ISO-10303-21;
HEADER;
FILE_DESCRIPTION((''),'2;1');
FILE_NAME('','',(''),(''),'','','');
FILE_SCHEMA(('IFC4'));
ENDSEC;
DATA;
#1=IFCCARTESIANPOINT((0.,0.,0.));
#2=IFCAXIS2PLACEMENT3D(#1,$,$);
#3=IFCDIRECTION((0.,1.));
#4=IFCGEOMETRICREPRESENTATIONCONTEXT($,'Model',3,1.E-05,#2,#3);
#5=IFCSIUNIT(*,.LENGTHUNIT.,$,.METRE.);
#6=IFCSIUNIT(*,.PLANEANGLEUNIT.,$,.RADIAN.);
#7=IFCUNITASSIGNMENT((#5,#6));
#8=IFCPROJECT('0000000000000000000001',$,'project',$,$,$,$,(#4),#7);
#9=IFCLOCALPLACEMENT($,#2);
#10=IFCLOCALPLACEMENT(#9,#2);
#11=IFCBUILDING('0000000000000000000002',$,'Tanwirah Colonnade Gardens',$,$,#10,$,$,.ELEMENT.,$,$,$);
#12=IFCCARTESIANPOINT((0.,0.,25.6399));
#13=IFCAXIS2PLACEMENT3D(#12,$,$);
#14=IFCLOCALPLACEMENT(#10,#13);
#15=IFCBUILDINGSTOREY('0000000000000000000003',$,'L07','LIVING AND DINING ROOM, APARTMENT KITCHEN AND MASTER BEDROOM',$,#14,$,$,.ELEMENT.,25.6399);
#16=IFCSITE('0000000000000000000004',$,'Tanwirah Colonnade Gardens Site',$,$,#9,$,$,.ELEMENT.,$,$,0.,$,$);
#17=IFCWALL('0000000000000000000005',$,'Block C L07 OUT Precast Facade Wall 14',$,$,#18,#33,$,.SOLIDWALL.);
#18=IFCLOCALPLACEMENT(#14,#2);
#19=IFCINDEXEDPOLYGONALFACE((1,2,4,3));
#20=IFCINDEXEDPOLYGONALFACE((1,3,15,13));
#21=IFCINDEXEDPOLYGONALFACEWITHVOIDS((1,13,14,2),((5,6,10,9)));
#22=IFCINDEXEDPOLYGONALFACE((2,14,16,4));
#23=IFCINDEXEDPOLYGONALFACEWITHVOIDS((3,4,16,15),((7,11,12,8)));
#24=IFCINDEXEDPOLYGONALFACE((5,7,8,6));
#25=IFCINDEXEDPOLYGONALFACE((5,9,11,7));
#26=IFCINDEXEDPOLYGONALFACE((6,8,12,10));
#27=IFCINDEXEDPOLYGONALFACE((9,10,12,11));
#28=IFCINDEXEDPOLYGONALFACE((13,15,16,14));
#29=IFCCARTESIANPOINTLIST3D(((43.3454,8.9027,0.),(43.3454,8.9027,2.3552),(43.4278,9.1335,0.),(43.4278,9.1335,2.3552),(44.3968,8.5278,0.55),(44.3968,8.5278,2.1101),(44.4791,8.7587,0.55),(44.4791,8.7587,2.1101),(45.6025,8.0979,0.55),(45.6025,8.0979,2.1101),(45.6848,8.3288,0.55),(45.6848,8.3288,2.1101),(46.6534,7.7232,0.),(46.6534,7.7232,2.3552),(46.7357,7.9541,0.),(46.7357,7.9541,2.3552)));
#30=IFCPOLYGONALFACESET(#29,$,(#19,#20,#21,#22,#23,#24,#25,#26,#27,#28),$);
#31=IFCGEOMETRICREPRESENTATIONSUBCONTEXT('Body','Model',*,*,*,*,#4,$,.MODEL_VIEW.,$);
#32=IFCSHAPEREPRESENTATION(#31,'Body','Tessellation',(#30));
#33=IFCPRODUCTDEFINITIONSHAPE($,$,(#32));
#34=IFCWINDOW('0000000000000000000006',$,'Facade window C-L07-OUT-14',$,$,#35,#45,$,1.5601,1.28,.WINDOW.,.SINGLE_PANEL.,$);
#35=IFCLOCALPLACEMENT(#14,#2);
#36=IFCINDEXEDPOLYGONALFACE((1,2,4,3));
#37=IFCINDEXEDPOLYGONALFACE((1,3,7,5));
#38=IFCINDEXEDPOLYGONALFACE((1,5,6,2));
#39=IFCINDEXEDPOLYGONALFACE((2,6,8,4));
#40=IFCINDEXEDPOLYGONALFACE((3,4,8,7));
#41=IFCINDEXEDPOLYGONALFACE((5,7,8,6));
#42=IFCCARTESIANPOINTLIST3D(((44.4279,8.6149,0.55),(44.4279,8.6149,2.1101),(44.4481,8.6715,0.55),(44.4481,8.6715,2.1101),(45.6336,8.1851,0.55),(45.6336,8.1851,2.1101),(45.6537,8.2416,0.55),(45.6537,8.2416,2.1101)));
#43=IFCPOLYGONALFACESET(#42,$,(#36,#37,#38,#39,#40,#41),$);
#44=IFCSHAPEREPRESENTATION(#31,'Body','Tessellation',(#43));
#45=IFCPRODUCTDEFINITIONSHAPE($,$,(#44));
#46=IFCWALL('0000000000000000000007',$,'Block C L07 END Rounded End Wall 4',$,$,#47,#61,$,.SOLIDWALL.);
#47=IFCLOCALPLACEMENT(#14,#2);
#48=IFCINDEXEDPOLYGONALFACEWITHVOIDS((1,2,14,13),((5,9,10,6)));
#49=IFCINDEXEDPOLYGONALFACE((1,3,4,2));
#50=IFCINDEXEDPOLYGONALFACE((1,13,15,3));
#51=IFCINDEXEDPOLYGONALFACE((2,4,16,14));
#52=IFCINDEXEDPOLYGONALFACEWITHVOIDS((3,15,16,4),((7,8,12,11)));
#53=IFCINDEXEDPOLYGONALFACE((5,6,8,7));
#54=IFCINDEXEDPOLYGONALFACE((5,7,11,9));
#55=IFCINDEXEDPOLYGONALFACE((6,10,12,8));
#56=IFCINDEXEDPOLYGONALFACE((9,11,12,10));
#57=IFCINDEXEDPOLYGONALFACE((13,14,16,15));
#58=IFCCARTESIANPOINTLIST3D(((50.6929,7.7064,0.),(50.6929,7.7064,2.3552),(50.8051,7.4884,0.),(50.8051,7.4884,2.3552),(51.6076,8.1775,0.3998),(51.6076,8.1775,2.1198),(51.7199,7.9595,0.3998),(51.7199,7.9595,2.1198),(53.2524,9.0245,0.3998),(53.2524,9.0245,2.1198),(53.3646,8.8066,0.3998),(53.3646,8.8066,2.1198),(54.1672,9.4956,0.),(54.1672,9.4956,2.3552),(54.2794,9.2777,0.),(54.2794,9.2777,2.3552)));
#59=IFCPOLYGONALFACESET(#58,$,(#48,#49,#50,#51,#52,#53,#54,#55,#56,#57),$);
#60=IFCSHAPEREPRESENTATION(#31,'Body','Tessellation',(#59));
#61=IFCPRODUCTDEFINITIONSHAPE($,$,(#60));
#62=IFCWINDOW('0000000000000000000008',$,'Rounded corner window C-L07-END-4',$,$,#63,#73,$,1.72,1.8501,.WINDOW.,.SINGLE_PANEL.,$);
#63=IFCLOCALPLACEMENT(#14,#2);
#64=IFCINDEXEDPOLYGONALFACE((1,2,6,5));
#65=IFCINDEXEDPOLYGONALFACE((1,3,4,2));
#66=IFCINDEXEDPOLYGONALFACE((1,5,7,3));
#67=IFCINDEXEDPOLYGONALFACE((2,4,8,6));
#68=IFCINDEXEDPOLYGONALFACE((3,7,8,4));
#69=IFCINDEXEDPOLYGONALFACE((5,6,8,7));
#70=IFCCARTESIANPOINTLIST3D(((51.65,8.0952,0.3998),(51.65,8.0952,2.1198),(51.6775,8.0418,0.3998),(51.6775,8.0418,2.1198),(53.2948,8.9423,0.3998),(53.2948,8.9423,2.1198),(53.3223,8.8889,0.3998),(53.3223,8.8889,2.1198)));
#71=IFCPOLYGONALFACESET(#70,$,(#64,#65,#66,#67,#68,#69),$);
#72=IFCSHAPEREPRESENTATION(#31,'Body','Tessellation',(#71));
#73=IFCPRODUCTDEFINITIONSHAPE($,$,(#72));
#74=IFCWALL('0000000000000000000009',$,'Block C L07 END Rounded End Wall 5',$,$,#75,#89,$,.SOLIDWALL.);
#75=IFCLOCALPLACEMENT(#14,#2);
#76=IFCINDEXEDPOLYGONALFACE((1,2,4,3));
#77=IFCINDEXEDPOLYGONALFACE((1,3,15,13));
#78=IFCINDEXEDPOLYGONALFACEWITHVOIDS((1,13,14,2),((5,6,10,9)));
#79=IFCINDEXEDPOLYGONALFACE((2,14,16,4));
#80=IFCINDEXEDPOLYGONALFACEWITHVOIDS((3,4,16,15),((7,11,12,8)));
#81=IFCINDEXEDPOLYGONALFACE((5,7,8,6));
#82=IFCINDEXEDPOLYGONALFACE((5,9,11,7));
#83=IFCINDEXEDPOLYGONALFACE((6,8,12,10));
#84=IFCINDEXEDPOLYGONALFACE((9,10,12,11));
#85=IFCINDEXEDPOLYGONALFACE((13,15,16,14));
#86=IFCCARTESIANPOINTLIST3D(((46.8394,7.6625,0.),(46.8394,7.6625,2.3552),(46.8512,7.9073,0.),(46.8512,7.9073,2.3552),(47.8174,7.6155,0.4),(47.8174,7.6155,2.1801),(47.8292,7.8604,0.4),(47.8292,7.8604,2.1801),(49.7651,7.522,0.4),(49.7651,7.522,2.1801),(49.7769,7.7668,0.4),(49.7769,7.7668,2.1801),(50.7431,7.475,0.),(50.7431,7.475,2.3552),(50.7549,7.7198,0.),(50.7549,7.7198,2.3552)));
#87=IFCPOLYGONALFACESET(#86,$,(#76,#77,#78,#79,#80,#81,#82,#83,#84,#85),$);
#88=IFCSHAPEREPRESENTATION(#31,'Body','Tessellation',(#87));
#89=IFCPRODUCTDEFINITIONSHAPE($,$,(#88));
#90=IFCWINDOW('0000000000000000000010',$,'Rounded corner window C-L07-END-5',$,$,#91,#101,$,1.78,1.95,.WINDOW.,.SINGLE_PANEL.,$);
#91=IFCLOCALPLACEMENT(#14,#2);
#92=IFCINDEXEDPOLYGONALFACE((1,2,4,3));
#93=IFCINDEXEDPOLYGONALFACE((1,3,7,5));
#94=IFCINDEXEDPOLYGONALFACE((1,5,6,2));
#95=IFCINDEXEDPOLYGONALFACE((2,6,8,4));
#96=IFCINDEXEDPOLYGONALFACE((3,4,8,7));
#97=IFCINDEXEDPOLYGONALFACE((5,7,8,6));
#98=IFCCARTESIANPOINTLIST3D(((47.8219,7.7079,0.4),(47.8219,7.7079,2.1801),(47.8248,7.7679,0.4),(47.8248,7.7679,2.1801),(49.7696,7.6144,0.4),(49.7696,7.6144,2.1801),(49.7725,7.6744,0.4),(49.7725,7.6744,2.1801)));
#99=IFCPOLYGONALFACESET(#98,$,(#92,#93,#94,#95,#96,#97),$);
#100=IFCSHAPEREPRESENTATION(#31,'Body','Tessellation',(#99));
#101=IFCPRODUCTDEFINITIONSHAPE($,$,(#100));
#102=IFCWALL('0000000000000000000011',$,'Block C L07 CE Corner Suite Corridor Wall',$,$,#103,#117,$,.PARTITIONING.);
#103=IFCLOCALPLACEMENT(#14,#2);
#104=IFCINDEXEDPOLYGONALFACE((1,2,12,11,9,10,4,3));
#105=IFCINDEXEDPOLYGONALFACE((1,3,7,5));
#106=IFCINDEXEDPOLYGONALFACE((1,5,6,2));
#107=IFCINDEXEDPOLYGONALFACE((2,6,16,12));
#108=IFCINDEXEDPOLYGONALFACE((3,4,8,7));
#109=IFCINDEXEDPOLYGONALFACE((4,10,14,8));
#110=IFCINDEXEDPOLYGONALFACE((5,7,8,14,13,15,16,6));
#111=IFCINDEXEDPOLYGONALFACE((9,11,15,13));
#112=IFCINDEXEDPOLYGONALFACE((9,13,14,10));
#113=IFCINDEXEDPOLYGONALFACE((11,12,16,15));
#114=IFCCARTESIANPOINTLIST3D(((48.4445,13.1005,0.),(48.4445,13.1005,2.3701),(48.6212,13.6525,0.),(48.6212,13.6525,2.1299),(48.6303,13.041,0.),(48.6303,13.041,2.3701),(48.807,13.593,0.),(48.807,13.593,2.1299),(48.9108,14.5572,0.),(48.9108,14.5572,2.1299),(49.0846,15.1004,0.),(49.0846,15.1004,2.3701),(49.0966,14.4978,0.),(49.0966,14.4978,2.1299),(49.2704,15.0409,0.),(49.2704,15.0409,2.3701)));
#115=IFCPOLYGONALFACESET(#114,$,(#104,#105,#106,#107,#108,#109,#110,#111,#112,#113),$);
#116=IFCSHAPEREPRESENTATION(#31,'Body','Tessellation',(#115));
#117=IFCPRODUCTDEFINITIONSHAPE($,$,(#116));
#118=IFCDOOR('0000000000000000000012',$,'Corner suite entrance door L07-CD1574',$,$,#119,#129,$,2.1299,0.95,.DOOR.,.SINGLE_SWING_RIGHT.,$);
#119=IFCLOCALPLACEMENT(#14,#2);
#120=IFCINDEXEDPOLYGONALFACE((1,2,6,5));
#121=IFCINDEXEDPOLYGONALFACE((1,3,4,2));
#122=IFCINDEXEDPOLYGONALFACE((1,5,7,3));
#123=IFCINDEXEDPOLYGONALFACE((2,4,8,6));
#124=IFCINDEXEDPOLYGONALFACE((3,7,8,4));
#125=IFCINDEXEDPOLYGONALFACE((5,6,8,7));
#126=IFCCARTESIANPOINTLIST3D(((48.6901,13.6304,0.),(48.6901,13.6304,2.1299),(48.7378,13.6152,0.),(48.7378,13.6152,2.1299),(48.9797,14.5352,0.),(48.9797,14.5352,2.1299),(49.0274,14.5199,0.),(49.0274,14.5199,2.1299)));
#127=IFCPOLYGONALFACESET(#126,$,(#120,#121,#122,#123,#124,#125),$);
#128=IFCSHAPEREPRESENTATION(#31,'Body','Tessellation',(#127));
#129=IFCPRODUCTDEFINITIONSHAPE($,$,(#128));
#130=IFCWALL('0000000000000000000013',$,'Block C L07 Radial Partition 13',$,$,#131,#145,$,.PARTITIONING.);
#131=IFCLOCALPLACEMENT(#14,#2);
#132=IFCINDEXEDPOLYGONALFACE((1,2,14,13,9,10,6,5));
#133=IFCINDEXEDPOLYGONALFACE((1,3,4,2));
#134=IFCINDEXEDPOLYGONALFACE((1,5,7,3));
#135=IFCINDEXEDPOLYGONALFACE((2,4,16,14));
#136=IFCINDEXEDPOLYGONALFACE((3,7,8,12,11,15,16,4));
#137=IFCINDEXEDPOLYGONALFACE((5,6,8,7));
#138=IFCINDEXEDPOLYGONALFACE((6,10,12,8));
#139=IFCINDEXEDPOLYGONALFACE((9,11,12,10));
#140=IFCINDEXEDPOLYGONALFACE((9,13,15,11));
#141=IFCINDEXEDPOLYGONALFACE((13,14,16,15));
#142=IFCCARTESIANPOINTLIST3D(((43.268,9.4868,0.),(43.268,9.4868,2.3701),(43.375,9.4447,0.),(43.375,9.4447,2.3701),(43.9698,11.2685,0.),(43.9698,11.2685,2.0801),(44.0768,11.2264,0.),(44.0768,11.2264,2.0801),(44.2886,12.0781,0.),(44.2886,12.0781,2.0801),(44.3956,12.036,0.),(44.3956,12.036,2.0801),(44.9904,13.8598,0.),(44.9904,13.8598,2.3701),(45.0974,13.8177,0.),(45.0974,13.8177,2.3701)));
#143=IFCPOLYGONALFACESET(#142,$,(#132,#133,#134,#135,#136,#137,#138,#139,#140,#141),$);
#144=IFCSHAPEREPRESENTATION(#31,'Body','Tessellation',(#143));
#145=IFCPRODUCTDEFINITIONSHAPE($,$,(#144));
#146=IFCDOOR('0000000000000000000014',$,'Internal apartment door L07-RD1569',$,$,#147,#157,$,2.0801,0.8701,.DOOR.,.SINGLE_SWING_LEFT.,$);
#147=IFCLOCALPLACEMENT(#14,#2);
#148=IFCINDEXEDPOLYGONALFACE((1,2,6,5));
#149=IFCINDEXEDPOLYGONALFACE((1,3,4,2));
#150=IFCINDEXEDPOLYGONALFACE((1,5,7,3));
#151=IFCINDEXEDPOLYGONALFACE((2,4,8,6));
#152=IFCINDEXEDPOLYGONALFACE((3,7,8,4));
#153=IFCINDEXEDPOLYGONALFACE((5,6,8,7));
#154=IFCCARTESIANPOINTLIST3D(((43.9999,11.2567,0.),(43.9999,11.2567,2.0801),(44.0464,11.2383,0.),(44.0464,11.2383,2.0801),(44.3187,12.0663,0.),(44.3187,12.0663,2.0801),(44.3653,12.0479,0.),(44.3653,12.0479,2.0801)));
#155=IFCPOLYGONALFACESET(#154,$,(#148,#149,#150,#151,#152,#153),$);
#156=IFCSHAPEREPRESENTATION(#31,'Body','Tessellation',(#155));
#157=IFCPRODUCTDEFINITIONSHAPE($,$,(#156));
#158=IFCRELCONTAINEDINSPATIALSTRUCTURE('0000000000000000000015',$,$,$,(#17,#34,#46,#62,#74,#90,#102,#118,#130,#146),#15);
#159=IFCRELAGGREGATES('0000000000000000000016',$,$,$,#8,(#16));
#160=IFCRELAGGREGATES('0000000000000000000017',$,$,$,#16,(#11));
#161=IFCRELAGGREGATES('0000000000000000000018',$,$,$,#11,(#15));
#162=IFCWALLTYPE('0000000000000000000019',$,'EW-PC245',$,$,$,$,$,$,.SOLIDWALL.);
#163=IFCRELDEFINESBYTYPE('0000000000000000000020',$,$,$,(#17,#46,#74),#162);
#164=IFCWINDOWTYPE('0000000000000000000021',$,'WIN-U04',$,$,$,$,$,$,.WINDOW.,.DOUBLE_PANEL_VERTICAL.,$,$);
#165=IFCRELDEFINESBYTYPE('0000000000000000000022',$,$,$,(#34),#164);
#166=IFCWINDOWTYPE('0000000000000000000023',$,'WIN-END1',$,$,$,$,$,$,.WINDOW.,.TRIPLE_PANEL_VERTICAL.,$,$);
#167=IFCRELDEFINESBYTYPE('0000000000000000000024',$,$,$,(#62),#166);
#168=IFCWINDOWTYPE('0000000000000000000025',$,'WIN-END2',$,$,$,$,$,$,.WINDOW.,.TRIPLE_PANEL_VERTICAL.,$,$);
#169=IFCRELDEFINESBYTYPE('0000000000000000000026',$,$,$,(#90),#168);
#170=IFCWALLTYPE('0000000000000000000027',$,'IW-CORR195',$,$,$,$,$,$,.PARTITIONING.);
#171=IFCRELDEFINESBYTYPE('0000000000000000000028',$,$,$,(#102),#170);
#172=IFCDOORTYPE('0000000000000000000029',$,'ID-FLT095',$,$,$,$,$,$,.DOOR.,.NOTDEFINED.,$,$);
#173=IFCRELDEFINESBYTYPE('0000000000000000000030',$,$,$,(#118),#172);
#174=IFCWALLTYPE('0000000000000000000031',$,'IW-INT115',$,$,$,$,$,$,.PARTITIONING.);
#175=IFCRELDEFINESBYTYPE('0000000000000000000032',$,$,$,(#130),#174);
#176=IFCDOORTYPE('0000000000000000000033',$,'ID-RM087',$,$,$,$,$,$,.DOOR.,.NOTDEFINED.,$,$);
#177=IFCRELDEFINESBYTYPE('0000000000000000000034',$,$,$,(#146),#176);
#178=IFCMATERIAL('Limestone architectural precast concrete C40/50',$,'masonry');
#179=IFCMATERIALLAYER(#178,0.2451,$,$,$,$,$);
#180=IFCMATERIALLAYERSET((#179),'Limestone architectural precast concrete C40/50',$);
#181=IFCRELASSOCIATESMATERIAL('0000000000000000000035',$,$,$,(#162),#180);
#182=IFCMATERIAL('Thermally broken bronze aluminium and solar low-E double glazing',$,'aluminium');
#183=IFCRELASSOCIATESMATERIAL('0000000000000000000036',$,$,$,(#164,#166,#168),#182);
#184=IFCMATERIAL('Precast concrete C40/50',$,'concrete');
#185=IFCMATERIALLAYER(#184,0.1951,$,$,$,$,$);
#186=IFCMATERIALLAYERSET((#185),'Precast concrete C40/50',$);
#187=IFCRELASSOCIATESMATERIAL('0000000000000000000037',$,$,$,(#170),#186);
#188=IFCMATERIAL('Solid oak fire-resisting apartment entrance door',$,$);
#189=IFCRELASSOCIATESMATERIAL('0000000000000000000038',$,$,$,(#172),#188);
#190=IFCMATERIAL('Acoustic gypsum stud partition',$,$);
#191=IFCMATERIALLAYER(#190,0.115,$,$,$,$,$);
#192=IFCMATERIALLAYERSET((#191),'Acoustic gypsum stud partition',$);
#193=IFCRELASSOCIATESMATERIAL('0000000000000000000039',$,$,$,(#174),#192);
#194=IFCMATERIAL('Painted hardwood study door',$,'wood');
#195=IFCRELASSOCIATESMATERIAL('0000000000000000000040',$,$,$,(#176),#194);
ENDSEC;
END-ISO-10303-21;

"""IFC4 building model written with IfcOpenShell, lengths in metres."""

from ifc_helpers import new_model, si_unit, direction, frame, frame_2d, origin, place, context, subcontext, project, spatial, rectangle, extrude, material, layer, layer_set, type_object, element, fill, save


model = new_model("IFC4")

# Units and contexts
model_context = context("Model", 3, precision=1e-05, world=origin(), true_north=direction((0.0, 1.0)))
body_context = subcontext(model_context, "Body", "Model", "MODEL_VIEW")
ifc_project = project(units=[si_unit("LENGTHUNIT", "METRE"), si_unit("PLANEANGLEUNIT", "RADIAN")], contexts=[model_context])

# Site, building, storey
site_placement = place(None, origin())
site = spatial("IfcSite", under=ifc_project, at=site_placement, Name="Tanwirah Colonnade Gardens Site", CompositionType="ELEMENT", RefElevation=0.0)
building_placement = place(site_placement, origin())
building = spatial("IfcBuilding", under=site, at=building_placement, Name="Tanwirah Colonnade Gardens", CompositionType="ELEMENT")
storey_placement = place(building_placement, frame((0.0, 0.0, 25.6399)))
storey = spatial("IfcBuildingStorey", under=building, at=storey_placement, Name="L07", Description="LIVING AND DINING ROOM, APARTMENT KITCHEN AND MASTER BEDROOM", CompositionType="ELEMENT", Elevation=25.6399)

# Shared definitions
ifc_material_1 = material(Name="Precast concrete C40/50", Category="concrete")

# Walls, openings, windows
ifc_material_2 = material(Name="Limestone architectural precast concrete C40/50", Category="masonry")
ifc_layer_1 = layer(ifc_material_2, 0.2451)
ifc_layer_set_1 = layer_set([ifc_layer_1], Name="Limestone architectural precast concrete C40/50")
wall_type_1 = type_object("IfcWallType", Name="EW-PC245", PredefinedType="SOLIDWALL", material=ifc_layer_set_1)
wall_1_placement = place(storey_placement, frame((43.3867, 9.0181, 0.0), z_axis=(0.0, 0.0, 1.0), x_axis=(0.941916, -0.335848, 0.0)))
wall_1 = element("IfcWall", 1, at=wall_1_placement, inside=storey, type_object=wall_type_1, Name="Block C L07 OUT Precast Facade Wall 14", PredefinedType="SOLIDWALL", context=body_context, shape_type="SweptSolid", body=[
    extrude(rectangle(XDim=3.512, YDim=0.2451, at=frame_2d((1.7559, 0.0))), origin(), (0.0, 0.0, 1.0), 2.3552),
])
opening_1_placement = place(wall_1_placement, frame((1.116, 0.0, 0.55)))
opening_1 = element("IfcOpeningElement", 2, at=opening_1_placement, cuts=wall_1, PredefinedType="OPENING", context=body_context, shape_type="SweptSolid", body=[
    extrude(rectangle(XDim=1.28, YDim=1.5601, at=frame_2d((0.6401, 0.78))), frame((0.0, 0.1326, 0.0), z_axis=(0.0, -1.0, 0.0), x_axis=(1.0, 0.0, 0.0)), (0.0, 0.0, 1.0), 0.2651),
])
ifc_material_3 = material(Name="Thermally broken bronze aluminium and solar low-E double glazing", Category="aluminium")
window_type_1 = type_object("IfcWindowType", Name="WIN-U04", PartitioningType="DOUBLE_PANEL_VERTICAL", PredefinedType="WINDOW", material=ifc_material_3)
window_1_placement = place(opening_1_placement, origin())
window_1 = element("IfcWindow", 3, at=window_1_placement, inside=storey, type_object=window_type_1, Name="Facade window C-L07-OUT-14", OverallHeight=1.5601, OverallWidth=1.28, PartitioningType="SINGLE_PANEL", PredefinedType="WINDOW", context=body_context, shape_type="SweptSolid", body=[
    extrude(rectangle(XDim=1.28, YDim=1.5601, at=frame_2d((0.6401, 0.78))), frame((0.0, 0.03, 0.0), z_axis=(0.0, -1.0, 0.0), x_axis=(1.0, 0.0, 0.0)), (0.0, 0.0, 1.0), 0.0601),
])
fill(opening_1, window_1)
wall_2_placement = place(storey_placement, frame((54.2234, 9.3867, 0.0), z_axis=(0.0, 0.0, 1.0), x_axis=(-0.889028, -0.457852, 0.0)))
wall_2 = element("IfcWall", 4, at=wall_2_placement, inside=storey, type_object=wall_type_1, Name="Block C L07 END Rounded End Wall 4", PredefinedType="SOLIDWALL", context=body_context, shape_type="SweptSolid", body=[
    extrude(rectangle(XDim=3.908, YDim=0.2451, at=frame_2d((1.9541, 0.0))), origin(), (0.0, 0.0, 1.0), 2.3552),
])
opening_2_placement = place(wall_2_placement, frame((1.0291, 0.0, 0.3999)))
opening_2 = element("IfcOpeningElement", 5, at=opening_2_placement, cuts=wall_2, PredefinedType="OPENING", context=body_context, shape_type="SweptSolid", body=[
    extrude(rectangle(XDim=1.8501, YDim=1.72, at=frame_2d((0.925, 0.8599))), frame((0.0, 0.1326, 0.0), z_axis=(0.0, -1.0, 0.0), x_axis=(1.0, 0.0, 0.0)), (0.0, 0.0, 1.0), 0.2651),
])
window_type_2 = type_object("IfcWindowType", Name="WIN-END1", PartitioningType="TRIPLE_PANEL_VERTICAL", PredefinedType="WINDOW", material=ifc_material_3)
window_2_placement = place(opening_2_placement, origin())
window_2 = element("IfcWindow", 6, at=window_2_placement, inside=storey, type_object=window_type_2, Name="Rounded corner window C-L07-END-4", OverallHeight=1.72, OverallWidth=1.8501, PartitioningType="SINGLE_PANEL", PredefinedType="WINDOW", context=body_context, shape_type="SweptSolid", body=[
    extrude(rectangle(XDim=1.8501, YDim=1.72, at=frame_2d((0.925, 0.8599))), frame((0.0, 0.03, 0.0), z_axis=(0.0, -1.0, 0.0), x_axis=(1.0, 0.0, 0.0)), (0.0, 0.0, 1.0), 0.0601),
])
fill(opening_2, window_2)
wall_3_placement = place(storey_placement, frame((50.749, 7.5974, 0.0), z_axis=(0.0, 0.0, 1.0), x_axis=(-0.998849, 0.047975, 0.0)))
wall_3 = element("IfcWall", 7, at=wall_3_placement, inside=storey, type_object=wall_type_1, Name="Block C L07 END Rounded End Wall 5", PredefinedType="SOLIDWALL", context=body_context, shape_type="SweptSolid", body=[
    extrude(rectangle(XDim=3.9082, YDim=0.2451, at=frame_2d((1.9541, 0.0))), origin(), (0.0, 0.0, 1.0), 2.3552),
])
opening_3_placement = place(wall_3_placement, frame((0.979, 0.0, 0.3999)))
opening_3 = element("IfcOpeningElement", 8, at=opening_3_placement, cuts=wall_3, PredefinedType="OPENING", context=body_context, shape_type="SweptSolid", body=[
    extrude(rectangle(XDim=1.95, YDim=1.78, at=frame_2d((0.9751, 0.8901))), frame((0.0, 0.1326, 0.0), z_axis=(0.0, -1.0, 0.0), x_axis=(1.0, 0.0, 0.0)), (0.0, 0.0, 1.0), 0.2651),
])
window_type_3 = type_object("IfcWindowType", Name="WIN-END2", PartitioningType="TRIPLE_PANEL_VERTICAL", PredefinedType="WINDOW", material=ifc_material_3)
window_3_placement = place(opening_3_placement, origin())
window_3 = element("IfcWindow", 9, at=window_3_placement, inside=storey, type_object=window_type_3, Name="Rounded corner window C-L07-END-5", OverallHeight=1.78, OverallWidth=1.95, PartitioningType="SINGLE_PANEL", PredefinedType="WINDOW", context=body_context, shape_type="SweptSolid", body=[
    extrude(rectangle(XDim=1.95, YDim=1.78, at=frame_2d((0.9751, 0.8901))), frame((0.0, 0.03, 0.0), z_axis=(0.0, -1.0, 0.0), x_axis=(1.0, 0.0, 0.0)), (0.0, 0.0, 1.0), 0.0601),
])
fill(opening_3, window_3)

# Walls, openings, doors
ifc_layer_2 = layer(ifc_material_1, 0.1951)
ifc_layer_set_2 = layer_set([ifc_layer_2], Name="Precast concrete C40/50")
wall_type_2 = type_object("IfcWallType", Name="IW-CORR195", PredefinedType="PARTITIONING", material=ifc_layer_set_2)
ifc_material_4 = material(Name="Solid oak fire-resisting apartment entrance door")
wall_4_placement = place(storey_placement, frame((49.1775, 15.0706, 0.0), z_axis=(0.0, 0.0, 1.0), x_axis=(-0.304835, -0.952405, 0.0)))
wall_4 = element("IfcWall", 10, at=wall_4_placement, inside=storey, type_object=wall_type_2, Name="Block C L07 CE Corner Suite Corridor Wall", PredefinedType="PARTITIONING", context=body_context, shape_type="SweptSolid", body=[
    extrude(rectangle(XDim=2.0999, YDim=0.1951, at=frame_2d((1.0498, 0.0))), origin(), (0.0, 0.0, 1.0), 2.3701),
])
opening_4_placement = place(wall_4_placement, frame((0.5701, 0.0, 0.0)))
opening_4 = element("IfcOpeningElement", 11, at=opening_4_placement, cuts=wall_4, PredefinedType="OPENING", context=body_context, shape_type="SweptSolid", body=[
    extrude(rectangle(XDim=0.95, YDim=2.1299, at=frame_2d((0.4751, 1.0649))), frame((0.0, 0.1074, 0.0), z_axis=(0.0, -1.0, 0.0), x_axis=(1.0, 0.0, 0.0)), (0.0, 0.0, 1.0), 0.2151),
])
door_type_1 = type_object("IfcDoorType", Name="ID-FLT095", OperationType="NOTDEFINED", PredefinedType="DOOR", material=ifc_material_4)
door_1_placement = place(opening_4_placement, origin())
door_1 = element("IfcDoor", 12, at=door_1_placement, inside=storey, type_object=door_type_1, Name="Corner suite entrance door L07-CD1574", OperationType="SINGLE_SWING_RIGHT", OverallHeight=2.1299, OverallWidth=0.95, PredefinedType="DOOR", context=body_context, shape_type="SweptSolid", body=[
    extrude(rectangle(XDim=0.95, YDim=2.1299, at=frame_2d((0.4751, 1.0649))), frame((0.0, 0.0249, 0.0), z_axis=(0.0, -1.0, 0.0), x_axis=(1.0, 0.0, 0.0)), (0.0, 0.0, 1.0), 0.05),
])
fill(opening_4, door_1)
ifc_material_5 = material(Name="Acoustic gypsum stud partition")
ifc_layer_3 = layer(ifc_material_5, 0.115)
ifc_layer_set_3 = layer_set([ifc_layer_3], Name="Acoustic gypsum stud partition")
wall_type_3 = type_object("IfcWallType", Name="IW-INT115", PredefinedType="PARTITIONING", material=ifc_layer_set_3)
wall_5_placement = place(storey_placement, frame((45.0439, 13.8389, 0.0), z_axis=(0.0, 0.0, 1.0), x_axis=(-0.366469, -0.93043, 0.0)))
wall_5 = element("IfcWall", 13, at=wall_5_placement, inside=storey, type_object=wall_type_3, Name="Block C L07 Radial Partition 13", PredefinedType="PARTITIONING", context=body_context, shape_type="SweptSolid", body=[
    extrude(rectangle(XDim=4.7, YDim=0.115, at=frame_2d((2.3501, 0.0))), origin(), (0.0, 0.0, 1.0), 2.3701),
])
opening_5_placement = place(wall_5_placement, frame((1.915, 0.0, 0.0)))
opening_5 = element("IfcOpeningElement", 14, at=opening_5_placement, cuts=wall_5, PredefinedType="OPENING", context=body_context, shape_type="SweptSolid", body=[
    extrude(rectangle(XDim=0.8701, YDim=2.0801, at=frame_2d((0.4351, 1.04))), frame((0.0, 0.0674, 0.0), z_axis=(0.0, -1.0, 0.0), x_axis=(1.0, 0.0, 0.0)), (0.0, 0.0, 1.0), 0.135),
])
ifc_material_6 = material(Name="Painted hardwood study door", Category="wood")
door_type_2 = type_object("IfcDoorType", Name="ID-RM087", OperationType="NOTDEFINED", PredefinedType="DOOR", material=ifc_material_6)
door_2_placement = place(opening_5_placement, origin())
door_2 = element("IfcDoor", 15, at=door_2_placement, inside=storey, type_object=door_type_2, Name="Internal apartment door L07-RD1569", OperationType="SINGLE_SWING_LEFT", OverallHeight=2.0801, OverallWidth=0.8701, PredefinedType="DOOR", context=body_context, shape_type="SweptSolid", body=[
    extrude(rectangle(XDim=0.8701, YDim=2.0801, at=frame_2d((0.4351, 1.04))), frame((0.0, 0.0249, 0.0), z_axis=(0.0, -1.0, 0.0), x_axis=(1.0, 0.0, 0.0)), (0.0, 0.0, 1.0), 0.05),
])
fill(opening_5, door_2)

save(model, "model.ifc")
